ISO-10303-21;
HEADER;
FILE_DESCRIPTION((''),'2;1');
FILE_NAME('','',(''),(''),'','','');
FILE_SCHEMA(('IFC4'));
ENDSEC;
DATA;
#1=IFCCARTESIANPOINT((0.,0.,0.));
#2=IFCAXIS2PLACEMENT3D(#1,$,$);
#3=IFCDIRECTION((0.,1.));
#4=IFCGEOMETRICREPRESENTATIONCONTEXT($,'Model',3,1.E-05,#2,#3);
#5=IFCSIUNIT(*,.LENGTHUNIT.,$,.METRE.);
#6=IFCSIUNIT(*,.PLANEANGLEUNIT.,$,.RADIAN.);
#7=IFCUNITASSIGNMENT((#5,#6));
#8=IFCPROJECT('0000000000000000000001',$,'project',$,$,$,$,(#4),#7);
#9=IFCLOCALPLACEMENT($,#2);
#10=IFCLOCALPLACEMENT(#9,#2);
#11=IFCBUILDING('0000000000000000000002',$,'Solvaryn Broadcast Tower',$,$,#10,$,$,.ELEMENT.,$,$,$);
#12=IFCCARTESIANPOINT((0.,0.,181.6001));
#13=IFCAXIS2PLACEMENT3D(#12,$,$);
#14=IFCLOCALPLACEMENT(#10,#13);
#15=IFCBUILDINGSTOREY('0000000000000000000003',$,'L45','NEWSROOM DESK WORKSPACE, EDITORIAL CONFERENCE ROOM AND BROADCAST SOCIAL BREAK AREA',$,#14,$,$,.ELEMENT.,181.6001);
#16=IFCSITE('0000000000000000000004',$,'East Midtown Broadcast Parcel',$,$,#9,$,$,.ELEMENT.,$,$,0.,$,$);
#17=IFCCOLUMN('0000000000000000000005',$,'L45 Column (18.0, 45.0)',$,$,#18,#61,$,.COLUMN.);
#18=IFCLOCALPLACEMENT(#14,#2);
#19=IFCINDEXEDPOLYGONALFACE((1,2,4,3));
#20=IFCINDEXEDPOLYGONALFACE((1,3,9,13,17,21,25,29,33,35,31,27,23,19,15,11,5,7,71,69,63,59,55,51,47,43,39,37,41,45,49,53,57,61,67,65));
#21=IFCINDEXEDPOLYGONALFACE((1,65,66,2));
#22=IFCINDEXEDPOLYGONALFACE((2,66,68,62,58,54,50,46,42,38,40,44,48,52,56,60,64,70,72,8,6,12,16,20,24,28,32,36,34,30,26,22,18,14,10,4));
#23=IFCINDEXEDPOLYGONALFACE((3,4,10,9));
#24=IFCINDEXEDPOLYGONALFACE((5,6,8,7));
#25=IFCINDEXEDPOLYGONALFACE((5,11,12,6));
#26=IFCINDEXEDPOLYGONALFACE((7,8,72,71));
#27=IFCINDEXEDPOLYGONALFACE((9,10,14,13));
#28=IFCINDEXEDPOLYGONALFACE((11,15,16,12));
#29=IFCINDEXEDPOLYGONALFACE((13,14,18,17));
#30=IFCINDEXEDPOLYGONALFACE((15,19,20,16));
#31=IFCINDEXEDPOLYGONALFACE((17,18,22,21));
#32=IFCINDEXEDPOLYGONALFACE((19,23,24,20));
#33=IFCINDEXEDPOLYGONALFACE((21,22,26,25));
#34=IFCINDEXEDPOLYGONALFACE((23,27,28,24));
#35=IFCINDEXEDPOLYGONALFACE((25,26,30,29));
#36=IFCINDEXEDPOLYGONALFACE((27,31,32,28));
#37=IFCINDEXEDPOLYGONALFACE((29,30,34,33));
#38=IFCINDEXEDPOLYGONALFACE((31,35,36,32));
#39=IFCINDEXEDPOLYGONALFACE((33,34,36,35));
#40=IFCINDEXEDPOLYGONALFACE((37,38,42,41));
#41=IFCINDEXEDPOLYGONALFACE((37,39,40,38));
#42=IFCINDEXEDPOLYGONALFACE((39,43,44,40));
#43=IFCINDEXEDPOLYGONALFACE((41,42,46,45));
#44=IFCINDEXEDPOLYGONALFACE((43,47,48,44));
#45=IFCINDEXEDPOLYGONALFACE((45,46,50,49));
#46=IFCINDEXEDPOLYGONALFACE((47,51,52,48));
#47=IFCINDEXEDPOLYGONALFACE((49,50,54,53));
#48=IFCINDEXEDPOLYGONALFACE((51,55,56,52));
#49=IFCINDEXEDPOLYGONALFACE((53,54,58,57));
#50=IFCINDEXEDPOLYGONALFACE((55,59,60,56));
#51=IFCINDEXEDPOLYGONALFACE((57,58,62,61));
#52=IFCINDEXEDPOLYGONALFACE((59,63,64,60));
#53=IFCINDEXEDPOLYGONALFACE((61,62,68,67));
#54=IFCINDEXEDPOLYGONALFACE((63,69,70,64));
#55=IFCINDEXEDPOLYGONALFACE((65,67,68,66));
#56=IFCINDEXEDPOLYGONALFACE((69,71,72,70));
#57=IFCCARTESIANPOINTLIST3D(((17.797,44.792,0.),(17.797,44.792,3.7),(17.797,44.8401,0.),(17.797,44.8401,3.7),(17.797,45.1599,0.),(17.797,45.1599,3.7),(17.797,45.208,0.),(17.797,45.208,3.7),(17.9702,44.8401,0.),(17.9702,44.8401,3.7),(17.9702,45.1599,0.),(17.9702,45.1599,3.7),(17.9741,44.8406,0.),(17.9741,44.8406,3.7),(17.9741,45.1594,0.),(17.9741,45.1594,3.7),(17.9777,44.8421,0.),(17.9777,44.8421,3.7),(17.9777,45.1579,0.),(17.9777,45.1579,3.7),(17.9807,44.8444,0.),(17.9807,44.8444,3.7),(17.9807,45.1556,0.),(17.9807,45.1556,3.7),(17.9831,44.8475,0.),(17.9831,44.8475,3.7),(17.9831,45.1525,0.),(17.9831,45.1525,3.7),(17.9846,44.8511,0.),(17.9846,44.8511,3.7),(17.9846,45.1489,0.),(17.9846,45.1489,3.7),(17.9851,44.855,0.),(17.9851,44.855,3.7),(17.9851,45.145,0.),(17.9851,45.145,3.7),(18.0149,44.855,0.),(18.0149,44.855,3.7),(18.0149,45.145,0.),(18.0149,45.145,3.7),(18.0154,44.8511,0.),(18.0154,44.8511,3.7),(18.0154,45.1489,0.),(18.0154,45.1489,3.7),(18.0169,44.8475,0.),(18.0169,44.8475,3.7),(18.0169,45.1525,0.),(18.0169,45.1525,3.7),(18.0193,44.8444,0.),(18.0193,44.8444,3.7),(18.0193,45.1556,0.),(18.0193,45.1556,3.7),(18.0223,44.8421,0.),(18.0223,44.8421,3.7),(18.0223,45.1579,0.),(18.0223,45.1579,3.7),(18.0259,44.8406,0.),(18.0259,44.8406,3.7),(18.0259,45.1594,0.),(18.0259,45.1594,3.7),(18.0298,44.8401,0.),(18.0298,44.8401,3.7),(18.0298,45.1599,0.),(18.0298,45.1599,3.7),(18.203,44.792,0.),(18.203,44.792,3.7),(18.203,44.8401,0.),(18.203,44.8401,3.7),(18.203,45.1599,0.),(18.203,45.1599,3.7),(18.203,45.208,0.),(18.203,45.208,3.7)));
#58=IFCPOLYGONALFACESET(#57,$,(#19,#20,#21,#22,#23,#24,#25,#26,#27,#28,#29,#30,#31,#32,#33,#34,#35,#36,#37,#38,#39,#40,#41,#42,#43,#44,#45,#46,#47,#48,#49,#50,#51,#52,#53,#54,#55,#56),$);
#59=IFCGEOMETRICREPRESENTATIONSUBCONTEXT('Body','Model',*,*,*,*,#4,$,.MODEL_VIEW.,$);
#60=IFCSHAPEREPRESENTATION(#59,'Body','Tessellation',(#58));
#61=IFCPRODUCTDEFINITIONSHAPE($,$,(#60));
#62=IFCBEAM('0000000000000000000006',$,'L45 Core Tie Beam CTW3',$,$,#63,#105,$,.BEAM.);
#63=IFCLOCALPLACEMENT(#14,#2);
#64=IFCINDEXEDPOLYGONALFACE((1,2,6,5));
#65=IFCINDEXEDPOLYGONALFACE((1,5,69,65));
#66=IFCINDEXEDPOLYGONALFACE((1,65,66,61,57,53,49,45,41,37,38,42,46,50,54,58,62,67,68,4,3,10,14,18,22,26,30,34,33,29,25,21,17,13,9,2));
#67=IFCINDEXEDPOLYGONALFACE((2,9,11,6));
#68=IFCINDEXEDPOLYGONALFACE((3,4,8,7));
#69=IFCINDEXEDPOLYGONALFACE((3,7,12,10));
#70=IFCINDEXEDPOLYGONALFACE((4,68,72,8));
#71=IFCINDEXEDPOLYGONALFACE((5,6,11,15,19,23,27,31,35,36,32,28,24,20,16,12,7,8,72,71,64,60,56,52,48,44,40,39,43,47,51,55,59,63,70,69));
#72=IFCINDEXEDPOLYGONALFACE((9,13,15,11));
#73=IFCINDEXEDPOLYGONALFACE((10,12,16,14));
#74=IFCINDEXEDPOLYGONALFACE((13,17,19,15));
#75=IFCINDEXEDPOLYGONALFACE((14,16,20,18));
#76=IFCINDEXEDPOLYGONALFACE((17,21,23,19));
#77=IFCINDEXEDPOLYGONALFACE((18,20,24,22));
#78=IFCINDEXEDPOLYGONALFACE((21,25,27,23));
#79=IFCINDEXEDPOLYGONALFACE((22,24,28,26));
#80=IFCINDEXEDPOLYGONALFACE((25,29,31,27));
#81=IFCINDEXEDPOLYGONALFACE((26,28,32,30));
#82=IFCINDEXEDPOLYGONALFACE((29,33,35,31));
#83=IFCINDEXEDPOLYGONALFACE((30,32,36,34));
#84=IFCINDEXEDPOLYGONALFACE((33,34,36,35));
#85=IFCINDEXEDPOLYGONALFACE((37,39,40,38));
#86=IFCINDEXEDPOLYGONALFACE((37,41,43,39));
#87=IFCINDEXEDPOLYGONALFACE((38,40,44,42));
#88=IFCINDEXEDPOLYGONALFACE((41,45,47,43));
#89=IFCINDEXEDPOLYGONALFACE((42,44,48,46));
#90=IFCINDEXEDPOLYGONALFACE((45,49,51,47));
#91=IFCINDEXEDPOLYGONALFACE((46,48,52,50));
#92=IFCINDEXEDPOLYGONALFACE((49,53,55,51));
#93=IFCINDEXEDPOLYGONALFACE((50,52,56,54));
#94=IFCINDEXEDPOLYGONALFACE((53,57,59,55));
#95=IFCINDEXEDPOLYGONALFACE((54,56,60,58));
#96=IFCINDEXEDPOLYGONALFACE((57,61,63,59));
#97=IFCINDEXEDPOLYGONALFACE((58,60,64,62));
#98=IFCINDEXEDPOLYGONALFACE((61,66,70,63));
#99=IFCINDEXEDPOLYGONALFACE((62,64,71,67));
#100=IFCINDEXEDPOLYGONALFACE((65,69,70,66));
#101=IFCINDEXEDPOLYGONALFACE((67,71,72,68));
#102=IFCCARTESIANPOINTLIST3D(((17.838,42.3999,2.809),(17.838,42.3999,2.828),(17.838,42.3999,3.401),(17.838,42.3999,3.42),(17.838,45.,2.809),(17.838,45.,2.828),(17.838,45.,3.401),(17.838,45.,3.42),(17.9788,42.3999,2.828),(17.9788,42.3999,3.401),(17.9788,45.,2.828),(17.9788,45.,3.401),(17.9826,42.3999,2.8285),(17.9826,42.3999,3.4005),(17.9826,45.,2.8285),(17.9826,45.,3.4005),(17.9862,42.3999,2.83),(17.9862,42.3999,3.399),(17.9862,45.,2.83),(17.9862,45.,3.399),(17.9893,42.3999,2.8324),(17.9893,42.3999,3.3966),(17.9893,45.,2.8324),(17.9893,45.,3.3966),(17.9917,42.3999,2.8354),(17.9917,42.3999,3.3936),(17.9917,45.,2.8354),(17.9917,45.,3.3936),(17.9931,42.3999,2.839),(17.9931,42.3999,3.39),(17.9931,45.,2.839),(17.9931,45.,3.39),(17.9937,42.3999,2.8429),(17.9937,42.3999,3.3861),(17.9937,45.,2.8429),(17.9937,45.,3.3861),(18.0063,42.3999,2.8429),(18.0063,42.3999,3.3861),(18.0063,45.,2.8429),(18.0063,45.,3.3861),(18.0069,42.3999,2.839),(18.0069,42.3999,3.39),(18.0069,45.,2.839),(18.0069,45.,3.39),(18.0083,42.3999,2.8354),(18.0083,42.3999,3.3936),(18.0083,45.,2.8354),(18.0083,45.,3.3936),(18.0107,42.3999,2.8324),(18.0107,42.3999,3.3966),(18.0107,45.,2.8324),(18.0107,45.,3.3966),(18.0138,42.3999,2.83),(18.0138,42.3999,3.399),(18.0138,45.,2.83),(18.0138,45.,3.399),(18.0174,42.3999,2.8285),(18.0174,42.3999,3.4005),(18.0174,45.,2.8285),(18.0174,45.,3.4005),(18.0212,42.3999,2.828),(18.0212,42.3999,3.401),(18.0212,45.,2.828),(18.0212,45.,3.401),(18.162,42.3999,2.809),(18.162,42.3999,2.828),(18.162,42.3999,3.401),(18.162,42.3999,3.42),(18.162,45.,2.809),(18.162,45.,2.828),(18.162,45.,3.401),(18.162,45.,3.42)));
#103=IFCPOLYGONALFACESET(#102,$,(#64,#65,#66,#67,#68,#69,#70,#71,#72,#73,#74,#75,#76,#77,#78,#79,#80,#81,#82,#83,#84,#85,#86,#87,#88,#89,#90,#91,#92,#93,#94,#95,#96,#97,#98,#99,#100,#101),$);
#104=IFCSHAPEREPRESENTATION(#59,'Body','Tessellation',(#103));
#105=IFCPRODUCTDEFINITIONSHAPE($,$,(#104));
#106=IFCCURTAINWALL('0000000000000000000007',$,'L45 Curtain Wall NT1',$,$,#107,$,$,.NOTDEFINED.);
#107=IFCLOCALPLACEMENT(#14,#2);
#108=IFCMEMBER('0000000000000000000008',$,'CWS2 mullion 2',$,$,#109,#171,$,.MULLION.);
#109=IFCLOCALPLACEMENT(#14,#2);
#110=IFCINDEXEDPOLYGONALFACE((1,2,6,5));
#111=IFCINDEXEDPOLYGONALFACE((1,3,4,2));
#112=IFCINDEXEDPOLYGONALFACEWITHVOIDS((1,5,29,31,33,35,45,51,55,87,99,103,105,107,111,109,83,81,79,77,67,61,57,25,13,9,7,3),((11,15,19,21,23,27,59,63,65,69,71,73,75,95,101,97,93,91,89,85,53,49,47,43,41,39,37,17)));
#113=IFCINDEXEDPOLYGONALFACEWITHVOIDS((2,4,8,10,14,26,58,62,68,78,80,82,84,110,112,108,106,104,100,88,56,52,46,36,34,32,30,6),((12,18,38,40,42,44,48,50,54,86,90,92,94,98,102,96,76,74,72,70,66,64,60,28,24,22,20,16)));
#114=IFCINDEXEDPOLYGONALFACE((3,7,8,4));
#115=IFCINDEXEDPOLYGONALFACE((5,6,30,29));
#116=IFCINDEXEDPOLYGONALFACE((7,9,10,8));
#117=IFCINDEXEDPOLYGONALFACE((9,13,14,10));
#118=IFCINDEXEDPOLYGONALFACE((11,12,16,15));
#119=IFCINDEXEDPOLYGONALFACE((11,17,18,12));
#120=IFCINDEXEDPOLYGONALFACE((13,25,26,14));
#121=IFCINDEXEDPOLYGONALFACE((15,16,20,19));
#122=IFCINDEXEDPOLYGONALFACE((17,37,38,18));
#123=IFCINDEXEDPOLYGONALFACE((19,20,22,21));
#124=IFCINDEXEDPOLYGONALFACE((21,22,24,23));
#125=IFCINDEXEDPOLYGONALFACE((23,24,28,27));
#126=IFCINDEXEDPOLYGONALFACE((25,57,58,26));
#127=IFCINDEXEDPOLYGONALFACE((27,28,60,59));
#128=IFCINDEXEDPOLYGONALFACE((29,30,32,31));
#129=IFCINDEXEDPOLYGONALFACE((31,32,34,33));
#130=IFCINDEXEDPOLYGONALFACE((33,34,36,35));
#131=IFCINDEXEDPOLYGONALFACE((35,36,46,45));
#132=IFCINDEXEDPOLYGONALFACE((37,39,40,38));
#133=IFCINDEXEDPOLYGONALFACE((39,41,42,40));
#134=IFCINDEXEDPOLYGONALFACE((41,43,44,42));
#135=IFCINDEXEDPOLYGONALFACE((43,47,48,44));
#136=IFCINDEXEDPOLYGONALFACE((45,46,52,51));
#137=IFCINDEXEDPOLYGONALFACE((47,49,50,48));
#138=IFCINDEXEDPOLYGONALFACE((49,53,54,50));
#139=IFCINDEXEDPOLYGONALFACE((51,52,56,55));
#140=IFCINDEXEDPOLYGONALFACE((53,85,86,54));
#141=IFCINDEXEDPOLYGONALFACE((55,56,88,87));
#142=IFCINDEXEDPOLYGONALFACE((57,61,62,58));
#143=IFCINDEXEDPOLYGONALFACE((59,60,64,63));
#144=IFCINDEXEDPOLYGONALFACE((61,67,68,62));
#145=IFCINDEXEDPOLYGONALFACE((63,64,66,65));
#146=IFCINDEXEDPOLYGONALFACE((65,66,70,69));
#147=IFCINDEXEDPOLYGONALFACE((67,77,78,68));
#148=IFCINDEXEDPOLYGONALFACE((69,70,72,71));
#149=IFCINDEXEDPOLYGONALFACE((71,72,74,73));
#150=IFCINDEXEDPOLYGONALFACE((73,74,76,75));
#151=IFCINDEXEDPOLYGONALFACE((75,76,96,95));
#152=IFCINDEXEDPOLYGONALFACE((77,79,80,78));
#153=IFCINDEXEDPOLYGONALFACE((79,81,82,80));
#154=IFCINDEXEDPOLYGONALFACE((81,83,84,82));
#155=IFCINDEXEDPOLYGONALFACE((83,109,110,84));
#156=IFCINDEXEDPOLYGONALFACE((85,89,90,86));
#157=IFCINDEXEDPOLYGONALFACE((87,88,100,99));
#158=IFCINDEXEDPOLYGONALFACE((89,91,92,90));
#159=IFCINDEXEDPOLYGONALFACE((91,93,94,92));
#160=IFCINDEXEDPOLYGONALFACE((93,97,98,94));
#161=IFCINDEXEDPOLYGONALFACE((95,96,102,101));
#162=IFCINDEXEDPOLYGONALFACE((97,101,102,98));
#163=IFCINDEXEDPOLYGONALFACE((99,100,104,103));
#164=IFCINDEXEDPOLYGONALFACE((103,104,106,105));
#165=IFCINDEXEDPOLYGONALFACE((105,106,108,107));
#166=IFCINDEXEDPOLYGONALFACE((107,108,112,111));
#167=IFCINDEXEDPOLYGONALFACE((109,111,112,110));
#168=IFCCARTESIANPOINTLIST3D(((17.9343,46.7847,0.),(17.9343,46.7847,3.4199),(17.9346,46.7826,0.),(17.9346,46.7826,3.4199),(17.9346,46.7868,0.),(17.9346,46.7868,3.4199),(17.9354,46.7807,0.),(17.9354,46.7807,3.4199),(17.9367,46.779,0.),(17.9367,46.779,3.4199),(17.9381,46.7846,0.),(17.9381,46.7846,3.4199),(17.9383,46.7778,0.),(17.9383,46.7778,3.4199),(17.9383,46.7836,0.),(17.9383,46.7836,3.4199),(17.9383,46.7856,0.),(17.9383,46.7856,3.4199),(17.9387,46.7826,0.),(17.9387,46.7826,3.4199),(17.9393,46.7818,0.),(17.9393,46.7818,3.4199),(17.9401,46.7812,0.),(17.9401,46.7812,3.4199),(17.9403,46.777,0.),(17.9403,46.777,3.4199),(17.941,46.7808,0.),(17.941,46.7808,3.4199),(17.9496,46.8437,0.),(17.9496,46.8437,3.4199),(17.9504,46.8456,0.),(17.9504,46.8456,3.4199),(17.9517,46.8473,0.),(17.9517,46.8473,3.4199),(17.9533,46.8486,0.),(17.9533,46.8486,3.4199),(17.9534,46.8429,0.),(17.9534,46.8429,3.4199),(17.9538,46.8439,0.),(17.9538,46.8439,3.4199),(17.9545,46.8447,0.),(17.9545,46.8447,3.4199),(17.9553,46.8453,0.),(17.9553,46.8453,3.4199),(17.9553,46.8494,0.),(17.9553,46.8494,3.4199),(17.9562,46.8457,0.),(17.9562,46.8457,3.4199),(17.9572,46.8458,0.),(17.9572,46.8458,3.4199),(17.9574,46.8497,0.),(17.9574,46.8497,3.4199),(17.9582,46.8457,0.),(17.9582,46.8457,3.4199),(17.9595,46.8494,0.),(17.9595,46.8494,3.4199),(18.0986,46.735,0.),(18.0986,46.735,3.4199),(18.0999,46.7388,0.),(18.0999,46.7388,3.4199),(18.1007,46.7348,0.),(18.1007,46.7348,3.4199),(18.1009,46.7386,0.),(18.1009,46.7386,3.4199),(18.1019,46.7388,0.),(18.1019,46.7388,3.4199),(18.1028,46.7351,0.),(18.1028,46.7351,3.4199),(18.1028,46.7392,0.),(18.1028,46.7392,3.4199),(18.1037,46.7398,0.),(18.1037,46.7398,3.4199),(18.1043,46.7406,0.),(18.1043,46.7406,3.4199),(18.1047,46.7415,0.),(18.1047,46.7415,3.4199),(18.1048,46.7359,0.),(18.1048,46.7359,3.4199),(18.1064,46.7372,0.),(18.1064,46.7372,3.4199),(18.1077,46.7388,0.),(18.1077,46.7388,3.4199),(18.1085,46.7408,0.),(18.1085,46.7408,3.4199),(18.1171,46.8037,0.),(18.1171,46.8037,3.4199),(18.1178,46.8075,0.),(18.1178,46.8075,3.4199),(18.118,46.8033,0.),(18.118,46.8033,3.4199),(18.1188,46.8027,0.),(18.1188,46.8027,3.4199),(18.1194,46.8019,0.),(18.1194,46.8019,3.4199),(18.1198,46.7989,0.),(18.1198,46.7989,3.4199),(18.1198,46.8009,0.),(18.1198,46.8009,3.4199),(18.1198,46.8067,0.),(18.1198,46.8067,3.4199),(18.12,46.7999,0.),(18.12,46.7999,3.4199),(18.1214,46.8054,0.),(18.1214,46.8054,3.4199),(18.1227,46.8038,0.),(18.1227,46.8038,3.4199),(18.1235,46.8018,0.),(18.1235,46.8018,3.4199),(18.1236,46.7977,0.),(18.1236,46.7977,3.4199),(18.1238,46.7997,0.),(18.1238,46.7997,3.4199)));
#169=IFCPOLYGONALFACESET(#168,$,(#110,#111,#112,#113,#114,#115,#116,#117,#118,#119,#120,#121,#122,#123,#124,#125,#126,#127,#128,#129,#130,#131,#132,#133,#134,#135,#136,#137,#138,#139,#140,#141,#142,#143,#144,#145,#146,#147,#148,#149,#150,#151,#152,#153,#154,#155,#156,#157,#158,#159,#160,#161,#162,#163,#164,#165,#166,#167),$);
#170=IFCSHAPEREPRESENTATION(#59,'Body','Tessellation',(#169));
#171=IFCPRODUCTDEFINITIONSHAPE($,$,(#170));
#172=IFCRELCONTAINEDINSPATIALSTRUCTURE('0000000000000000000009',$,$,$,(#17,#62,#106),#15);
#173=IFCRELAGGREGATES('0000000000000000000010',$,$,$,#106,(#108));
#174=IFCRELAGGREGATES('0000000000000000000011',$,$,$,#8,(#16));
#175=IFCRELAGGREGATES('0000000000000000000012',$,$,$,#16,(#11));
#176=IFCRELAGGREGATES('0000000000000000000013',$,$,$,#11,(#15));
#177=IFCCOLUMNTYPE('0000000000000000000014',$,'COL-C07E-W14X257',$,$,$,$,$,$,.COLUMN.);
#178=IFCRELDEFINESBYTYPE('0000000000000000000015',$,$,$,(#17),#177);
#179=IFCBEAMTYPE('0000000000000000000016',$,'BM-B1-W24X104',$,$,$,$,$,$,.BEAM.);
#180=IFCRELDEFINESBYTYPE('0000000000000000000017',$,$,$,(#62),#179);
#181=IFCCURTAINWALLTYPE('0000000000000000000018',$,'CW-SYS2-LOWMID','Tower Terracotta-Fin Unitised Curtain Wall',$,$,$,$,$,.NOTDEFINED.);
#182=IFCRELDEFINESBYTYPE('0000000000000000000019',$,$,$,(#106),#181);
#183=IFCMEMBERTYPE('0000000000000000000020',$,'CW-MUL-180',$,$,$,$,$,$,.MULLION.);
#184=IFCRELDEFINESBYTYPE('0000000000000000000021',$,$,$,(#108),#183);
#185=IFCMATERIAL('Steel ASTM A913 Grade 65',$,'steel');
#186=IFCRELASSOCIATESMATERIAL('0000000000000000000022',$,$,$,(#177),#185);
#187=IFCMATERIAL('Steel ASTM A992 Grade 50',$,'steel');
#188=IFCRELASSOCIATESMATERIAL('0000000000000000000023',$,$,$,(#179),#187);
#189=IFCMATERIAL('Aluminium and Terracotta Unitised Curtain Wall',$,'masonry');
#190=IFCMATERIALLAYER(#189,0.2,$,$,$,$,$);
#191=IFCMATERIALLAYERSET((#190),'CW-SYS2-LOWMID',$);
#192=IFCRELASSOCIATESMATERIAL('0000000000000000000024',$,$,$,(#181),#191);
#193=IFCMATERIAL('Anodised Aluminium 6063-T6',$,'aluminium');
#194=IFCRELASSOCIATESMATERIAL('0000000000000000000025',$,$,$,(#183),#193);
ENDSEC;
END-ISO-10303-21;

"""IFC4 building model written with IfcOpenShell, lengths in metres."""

from ifc_helpers import new_model, si_unit, direction, frame, origin, origin_2d, place, context, subcontext, project, spatial, hollow_rectangle, i_section, extrude, material, layer, layer_set, material_profile, profile_set, type_object, element, aggregate, save


model = new_model("IFC4")

# Units and contexts
model_context = context("Model", 3, precision=1e-05, world=origin(), true_north=direction((0.0, 1.0)))
body_context = subcontext(model_context, "Body", "Model", "MODEL_VIEW")
ifc_project = project(units=[si_unit("LENGTHUNIT", "METRE"), si_unit("PLANEANGLEUNIT", "RADIAN")], contexts=[model_context])

# Site, building, storey
site_placement = place(None, origin())
site = spatial("IfcSite", under=ifc_project, at=site_placement, Name="East Midtown Broadcast Parcel", CompositionType="ELEMENT", RefElevation=0.0)
building_placement = place(site_placement, origin())
building = spatial("IfcBuilding", under=site, at=building_placement, Name="Solvaryn Broadcast Tower", CompositionType="ELEMENT")
storey_placement = place(building_placement, frame((0.0, 0.0, 181.6001)))
storey = spatial("IfcBuildingStorey", under=building, at=storey_placement, Name="L45", Description="NEWSROOM DESK WORKSPACE, EDITORIAL CONFERENCE ROOM AND BROADCAST SOCIAL BREAK AREA", CompositionType="ELEMENT", Elevation=181.6001)

# Column
ifc_material_1 = material(Name="Steel ASTM A913 Grade 65", Category="steel")
ifc_material_profile_1 = material_profile(ifc_material_1, i_section(OverallWidth=0.406, OverallDepth=0.416, WebThickness=0.0298, FlangeThickness=0.0481, FilletRadius=0.0149, at=origin_2d()))
ifc_profile_set_1 = profile_set([ifc_material_profile_1], Name="Steel ASTM A913 Grade 65")
column_type = type_object("IfcColumnType", Name="COL-C07E-W14X257", PredefinedType="COLUMN", material=ifc_profile_set_1)
column_placement = place(storey_placement, frame((18.0, 45.0, 0.0), z_axis=(0.0, 0.0, 1.0), x_axis=(1.0, 0.0, 0.0)))
element("IfcColumn", 1, at=column_placement, inside=storey, type_object=column_type, Name="L45 Column (18.0, 45.0)", PredefinedType="COLUMN", context=body_context, shape_type="SweptSolid", body=[
    extrude(i_section(OverallWidth=0.406, OverallDepth=0.416, WebThickness=0.0298, FlangeThickness=0.0481, FilletRadius=0.0149, at=origin_2d()), origin(), (0.0, 0.0, 1.0), 3.7),
])

# Beam
ifc_material_2 = material(Name="Steel ASTM A992 Grade 50", Category="steel")
ifc_material_profile_2 = material_profile(ifc_material_2, i_section(OverallWidth=0.324, OverallDepth=0.6111, WebThickness=0.0127, FlangeThickness=0.019, FilletRadius=0.0149, at=origin_2d()))
ifc_profile_set_2 = profile_set([ifc_material_profile_2], Name="Steel ASTM A992 Grade 50")
beam_type = type_object("IfcBeamType", Name="BM-B1-W24X104", PredefinedType="BEAM", material=ifc_profile_set_2)
beam_placement = place(storey_placement, frame((18.0, 42.3999, 3.1145), z_axis=(0.0, 1.0, 0.0), x_axis=(-1.0, 0.0, 0.0)))
element("IfcBeam", 2, at=beam_placement, inside=storey, type_object=beam_type, Name="L45 Core Tie Beam CTW3", PredefinedType="BEAM", context=body_context, shape_type="SweptSolid", body=[
    extrude(i_section(OverallWidth=0.324, OverallDepth=0.6111, WebThickness=0.0127, FlangeThickness=0.019, FilletRadius=0.0149, at=origin_2d()), origin(), (0.0, 0.0, 1.0), 2.6001),
])

# Curtain wall, member
ifc_material_3 = material(Name="Aluminium and Terracotta Unitised Curtain Wall", Category="masonry")
ifc_layer_1 = layer(ifc_material_3, 0.2)
ifc_layer_set_1 = layer_set([ifc_layer_1], Name="CW-SYS2-LOWMID")
curtain_wall_type = type_object("IfcCurtainWallType", Name="CW-SYS2-LOWMID", Description="Tower Terracotta-Fin Unitised Curtain Wall", PredefinedType="NOTDEFINED", material=ifc_layer_set_1)
curtain_wall_1_placement = place(storey_placement, origin())
curtain_wall_1 = element("IfcCurtainWall", 3, at=curtain_wall_1_placement, inside=storey, type_object=curtain_wall_type, Name="L45 Curtain Wall NT1", PredefinedType="NOTDEFINED")
ifc_material_4 = material(Name="Anodised Aluminium 6063-T6", Category="aluminium")
ifc_material_profile_3 = material_profile(ifc_material_4, hollow_rectangle(XDim=0.075, YDim=0.1799, WallThickness=0.0039, InnerFilletRadius=0.0039, OuterFilletRadius=0.0081, at=origin_2d()))
ifc_profile_set_3 = profile_set([ifc_material_profile_3], Name="Anodised Aluminium 6063-T6")
member_type_1 = type_object("IfcMemberType", Name="CW-MUL-180", PredefinedType="MULLION", material=ifc_profile_set_3)
member_1_placement = place(storey_placement, frame((18.0291, 46.7922, 0.0), z_axis=(0.0, 0.0, 1.0), x_axis=(-0.255893, -0.966705, 0.0)))
member_1 = element("IfcMember", 4, at=member_1_placement, type_object=member_type_1, Name="CWS2 mullion 2", PredefinedType="MULLION", context=body_context, shape_type="SweptSolid", body=[
    extrude(hollow_rectangle(XDim=0.075, YDim=0.1799, WallThickness=0.0039, InnerFilletRadius=0.0039, OuterFilletRadius=0.0081, at=origin_2d()), origin(), (0.0, 0.0, 1.0), 3.4199),
])

aggregate(curtain_wall_1, [member_1])

save(model, "model.ifc")
